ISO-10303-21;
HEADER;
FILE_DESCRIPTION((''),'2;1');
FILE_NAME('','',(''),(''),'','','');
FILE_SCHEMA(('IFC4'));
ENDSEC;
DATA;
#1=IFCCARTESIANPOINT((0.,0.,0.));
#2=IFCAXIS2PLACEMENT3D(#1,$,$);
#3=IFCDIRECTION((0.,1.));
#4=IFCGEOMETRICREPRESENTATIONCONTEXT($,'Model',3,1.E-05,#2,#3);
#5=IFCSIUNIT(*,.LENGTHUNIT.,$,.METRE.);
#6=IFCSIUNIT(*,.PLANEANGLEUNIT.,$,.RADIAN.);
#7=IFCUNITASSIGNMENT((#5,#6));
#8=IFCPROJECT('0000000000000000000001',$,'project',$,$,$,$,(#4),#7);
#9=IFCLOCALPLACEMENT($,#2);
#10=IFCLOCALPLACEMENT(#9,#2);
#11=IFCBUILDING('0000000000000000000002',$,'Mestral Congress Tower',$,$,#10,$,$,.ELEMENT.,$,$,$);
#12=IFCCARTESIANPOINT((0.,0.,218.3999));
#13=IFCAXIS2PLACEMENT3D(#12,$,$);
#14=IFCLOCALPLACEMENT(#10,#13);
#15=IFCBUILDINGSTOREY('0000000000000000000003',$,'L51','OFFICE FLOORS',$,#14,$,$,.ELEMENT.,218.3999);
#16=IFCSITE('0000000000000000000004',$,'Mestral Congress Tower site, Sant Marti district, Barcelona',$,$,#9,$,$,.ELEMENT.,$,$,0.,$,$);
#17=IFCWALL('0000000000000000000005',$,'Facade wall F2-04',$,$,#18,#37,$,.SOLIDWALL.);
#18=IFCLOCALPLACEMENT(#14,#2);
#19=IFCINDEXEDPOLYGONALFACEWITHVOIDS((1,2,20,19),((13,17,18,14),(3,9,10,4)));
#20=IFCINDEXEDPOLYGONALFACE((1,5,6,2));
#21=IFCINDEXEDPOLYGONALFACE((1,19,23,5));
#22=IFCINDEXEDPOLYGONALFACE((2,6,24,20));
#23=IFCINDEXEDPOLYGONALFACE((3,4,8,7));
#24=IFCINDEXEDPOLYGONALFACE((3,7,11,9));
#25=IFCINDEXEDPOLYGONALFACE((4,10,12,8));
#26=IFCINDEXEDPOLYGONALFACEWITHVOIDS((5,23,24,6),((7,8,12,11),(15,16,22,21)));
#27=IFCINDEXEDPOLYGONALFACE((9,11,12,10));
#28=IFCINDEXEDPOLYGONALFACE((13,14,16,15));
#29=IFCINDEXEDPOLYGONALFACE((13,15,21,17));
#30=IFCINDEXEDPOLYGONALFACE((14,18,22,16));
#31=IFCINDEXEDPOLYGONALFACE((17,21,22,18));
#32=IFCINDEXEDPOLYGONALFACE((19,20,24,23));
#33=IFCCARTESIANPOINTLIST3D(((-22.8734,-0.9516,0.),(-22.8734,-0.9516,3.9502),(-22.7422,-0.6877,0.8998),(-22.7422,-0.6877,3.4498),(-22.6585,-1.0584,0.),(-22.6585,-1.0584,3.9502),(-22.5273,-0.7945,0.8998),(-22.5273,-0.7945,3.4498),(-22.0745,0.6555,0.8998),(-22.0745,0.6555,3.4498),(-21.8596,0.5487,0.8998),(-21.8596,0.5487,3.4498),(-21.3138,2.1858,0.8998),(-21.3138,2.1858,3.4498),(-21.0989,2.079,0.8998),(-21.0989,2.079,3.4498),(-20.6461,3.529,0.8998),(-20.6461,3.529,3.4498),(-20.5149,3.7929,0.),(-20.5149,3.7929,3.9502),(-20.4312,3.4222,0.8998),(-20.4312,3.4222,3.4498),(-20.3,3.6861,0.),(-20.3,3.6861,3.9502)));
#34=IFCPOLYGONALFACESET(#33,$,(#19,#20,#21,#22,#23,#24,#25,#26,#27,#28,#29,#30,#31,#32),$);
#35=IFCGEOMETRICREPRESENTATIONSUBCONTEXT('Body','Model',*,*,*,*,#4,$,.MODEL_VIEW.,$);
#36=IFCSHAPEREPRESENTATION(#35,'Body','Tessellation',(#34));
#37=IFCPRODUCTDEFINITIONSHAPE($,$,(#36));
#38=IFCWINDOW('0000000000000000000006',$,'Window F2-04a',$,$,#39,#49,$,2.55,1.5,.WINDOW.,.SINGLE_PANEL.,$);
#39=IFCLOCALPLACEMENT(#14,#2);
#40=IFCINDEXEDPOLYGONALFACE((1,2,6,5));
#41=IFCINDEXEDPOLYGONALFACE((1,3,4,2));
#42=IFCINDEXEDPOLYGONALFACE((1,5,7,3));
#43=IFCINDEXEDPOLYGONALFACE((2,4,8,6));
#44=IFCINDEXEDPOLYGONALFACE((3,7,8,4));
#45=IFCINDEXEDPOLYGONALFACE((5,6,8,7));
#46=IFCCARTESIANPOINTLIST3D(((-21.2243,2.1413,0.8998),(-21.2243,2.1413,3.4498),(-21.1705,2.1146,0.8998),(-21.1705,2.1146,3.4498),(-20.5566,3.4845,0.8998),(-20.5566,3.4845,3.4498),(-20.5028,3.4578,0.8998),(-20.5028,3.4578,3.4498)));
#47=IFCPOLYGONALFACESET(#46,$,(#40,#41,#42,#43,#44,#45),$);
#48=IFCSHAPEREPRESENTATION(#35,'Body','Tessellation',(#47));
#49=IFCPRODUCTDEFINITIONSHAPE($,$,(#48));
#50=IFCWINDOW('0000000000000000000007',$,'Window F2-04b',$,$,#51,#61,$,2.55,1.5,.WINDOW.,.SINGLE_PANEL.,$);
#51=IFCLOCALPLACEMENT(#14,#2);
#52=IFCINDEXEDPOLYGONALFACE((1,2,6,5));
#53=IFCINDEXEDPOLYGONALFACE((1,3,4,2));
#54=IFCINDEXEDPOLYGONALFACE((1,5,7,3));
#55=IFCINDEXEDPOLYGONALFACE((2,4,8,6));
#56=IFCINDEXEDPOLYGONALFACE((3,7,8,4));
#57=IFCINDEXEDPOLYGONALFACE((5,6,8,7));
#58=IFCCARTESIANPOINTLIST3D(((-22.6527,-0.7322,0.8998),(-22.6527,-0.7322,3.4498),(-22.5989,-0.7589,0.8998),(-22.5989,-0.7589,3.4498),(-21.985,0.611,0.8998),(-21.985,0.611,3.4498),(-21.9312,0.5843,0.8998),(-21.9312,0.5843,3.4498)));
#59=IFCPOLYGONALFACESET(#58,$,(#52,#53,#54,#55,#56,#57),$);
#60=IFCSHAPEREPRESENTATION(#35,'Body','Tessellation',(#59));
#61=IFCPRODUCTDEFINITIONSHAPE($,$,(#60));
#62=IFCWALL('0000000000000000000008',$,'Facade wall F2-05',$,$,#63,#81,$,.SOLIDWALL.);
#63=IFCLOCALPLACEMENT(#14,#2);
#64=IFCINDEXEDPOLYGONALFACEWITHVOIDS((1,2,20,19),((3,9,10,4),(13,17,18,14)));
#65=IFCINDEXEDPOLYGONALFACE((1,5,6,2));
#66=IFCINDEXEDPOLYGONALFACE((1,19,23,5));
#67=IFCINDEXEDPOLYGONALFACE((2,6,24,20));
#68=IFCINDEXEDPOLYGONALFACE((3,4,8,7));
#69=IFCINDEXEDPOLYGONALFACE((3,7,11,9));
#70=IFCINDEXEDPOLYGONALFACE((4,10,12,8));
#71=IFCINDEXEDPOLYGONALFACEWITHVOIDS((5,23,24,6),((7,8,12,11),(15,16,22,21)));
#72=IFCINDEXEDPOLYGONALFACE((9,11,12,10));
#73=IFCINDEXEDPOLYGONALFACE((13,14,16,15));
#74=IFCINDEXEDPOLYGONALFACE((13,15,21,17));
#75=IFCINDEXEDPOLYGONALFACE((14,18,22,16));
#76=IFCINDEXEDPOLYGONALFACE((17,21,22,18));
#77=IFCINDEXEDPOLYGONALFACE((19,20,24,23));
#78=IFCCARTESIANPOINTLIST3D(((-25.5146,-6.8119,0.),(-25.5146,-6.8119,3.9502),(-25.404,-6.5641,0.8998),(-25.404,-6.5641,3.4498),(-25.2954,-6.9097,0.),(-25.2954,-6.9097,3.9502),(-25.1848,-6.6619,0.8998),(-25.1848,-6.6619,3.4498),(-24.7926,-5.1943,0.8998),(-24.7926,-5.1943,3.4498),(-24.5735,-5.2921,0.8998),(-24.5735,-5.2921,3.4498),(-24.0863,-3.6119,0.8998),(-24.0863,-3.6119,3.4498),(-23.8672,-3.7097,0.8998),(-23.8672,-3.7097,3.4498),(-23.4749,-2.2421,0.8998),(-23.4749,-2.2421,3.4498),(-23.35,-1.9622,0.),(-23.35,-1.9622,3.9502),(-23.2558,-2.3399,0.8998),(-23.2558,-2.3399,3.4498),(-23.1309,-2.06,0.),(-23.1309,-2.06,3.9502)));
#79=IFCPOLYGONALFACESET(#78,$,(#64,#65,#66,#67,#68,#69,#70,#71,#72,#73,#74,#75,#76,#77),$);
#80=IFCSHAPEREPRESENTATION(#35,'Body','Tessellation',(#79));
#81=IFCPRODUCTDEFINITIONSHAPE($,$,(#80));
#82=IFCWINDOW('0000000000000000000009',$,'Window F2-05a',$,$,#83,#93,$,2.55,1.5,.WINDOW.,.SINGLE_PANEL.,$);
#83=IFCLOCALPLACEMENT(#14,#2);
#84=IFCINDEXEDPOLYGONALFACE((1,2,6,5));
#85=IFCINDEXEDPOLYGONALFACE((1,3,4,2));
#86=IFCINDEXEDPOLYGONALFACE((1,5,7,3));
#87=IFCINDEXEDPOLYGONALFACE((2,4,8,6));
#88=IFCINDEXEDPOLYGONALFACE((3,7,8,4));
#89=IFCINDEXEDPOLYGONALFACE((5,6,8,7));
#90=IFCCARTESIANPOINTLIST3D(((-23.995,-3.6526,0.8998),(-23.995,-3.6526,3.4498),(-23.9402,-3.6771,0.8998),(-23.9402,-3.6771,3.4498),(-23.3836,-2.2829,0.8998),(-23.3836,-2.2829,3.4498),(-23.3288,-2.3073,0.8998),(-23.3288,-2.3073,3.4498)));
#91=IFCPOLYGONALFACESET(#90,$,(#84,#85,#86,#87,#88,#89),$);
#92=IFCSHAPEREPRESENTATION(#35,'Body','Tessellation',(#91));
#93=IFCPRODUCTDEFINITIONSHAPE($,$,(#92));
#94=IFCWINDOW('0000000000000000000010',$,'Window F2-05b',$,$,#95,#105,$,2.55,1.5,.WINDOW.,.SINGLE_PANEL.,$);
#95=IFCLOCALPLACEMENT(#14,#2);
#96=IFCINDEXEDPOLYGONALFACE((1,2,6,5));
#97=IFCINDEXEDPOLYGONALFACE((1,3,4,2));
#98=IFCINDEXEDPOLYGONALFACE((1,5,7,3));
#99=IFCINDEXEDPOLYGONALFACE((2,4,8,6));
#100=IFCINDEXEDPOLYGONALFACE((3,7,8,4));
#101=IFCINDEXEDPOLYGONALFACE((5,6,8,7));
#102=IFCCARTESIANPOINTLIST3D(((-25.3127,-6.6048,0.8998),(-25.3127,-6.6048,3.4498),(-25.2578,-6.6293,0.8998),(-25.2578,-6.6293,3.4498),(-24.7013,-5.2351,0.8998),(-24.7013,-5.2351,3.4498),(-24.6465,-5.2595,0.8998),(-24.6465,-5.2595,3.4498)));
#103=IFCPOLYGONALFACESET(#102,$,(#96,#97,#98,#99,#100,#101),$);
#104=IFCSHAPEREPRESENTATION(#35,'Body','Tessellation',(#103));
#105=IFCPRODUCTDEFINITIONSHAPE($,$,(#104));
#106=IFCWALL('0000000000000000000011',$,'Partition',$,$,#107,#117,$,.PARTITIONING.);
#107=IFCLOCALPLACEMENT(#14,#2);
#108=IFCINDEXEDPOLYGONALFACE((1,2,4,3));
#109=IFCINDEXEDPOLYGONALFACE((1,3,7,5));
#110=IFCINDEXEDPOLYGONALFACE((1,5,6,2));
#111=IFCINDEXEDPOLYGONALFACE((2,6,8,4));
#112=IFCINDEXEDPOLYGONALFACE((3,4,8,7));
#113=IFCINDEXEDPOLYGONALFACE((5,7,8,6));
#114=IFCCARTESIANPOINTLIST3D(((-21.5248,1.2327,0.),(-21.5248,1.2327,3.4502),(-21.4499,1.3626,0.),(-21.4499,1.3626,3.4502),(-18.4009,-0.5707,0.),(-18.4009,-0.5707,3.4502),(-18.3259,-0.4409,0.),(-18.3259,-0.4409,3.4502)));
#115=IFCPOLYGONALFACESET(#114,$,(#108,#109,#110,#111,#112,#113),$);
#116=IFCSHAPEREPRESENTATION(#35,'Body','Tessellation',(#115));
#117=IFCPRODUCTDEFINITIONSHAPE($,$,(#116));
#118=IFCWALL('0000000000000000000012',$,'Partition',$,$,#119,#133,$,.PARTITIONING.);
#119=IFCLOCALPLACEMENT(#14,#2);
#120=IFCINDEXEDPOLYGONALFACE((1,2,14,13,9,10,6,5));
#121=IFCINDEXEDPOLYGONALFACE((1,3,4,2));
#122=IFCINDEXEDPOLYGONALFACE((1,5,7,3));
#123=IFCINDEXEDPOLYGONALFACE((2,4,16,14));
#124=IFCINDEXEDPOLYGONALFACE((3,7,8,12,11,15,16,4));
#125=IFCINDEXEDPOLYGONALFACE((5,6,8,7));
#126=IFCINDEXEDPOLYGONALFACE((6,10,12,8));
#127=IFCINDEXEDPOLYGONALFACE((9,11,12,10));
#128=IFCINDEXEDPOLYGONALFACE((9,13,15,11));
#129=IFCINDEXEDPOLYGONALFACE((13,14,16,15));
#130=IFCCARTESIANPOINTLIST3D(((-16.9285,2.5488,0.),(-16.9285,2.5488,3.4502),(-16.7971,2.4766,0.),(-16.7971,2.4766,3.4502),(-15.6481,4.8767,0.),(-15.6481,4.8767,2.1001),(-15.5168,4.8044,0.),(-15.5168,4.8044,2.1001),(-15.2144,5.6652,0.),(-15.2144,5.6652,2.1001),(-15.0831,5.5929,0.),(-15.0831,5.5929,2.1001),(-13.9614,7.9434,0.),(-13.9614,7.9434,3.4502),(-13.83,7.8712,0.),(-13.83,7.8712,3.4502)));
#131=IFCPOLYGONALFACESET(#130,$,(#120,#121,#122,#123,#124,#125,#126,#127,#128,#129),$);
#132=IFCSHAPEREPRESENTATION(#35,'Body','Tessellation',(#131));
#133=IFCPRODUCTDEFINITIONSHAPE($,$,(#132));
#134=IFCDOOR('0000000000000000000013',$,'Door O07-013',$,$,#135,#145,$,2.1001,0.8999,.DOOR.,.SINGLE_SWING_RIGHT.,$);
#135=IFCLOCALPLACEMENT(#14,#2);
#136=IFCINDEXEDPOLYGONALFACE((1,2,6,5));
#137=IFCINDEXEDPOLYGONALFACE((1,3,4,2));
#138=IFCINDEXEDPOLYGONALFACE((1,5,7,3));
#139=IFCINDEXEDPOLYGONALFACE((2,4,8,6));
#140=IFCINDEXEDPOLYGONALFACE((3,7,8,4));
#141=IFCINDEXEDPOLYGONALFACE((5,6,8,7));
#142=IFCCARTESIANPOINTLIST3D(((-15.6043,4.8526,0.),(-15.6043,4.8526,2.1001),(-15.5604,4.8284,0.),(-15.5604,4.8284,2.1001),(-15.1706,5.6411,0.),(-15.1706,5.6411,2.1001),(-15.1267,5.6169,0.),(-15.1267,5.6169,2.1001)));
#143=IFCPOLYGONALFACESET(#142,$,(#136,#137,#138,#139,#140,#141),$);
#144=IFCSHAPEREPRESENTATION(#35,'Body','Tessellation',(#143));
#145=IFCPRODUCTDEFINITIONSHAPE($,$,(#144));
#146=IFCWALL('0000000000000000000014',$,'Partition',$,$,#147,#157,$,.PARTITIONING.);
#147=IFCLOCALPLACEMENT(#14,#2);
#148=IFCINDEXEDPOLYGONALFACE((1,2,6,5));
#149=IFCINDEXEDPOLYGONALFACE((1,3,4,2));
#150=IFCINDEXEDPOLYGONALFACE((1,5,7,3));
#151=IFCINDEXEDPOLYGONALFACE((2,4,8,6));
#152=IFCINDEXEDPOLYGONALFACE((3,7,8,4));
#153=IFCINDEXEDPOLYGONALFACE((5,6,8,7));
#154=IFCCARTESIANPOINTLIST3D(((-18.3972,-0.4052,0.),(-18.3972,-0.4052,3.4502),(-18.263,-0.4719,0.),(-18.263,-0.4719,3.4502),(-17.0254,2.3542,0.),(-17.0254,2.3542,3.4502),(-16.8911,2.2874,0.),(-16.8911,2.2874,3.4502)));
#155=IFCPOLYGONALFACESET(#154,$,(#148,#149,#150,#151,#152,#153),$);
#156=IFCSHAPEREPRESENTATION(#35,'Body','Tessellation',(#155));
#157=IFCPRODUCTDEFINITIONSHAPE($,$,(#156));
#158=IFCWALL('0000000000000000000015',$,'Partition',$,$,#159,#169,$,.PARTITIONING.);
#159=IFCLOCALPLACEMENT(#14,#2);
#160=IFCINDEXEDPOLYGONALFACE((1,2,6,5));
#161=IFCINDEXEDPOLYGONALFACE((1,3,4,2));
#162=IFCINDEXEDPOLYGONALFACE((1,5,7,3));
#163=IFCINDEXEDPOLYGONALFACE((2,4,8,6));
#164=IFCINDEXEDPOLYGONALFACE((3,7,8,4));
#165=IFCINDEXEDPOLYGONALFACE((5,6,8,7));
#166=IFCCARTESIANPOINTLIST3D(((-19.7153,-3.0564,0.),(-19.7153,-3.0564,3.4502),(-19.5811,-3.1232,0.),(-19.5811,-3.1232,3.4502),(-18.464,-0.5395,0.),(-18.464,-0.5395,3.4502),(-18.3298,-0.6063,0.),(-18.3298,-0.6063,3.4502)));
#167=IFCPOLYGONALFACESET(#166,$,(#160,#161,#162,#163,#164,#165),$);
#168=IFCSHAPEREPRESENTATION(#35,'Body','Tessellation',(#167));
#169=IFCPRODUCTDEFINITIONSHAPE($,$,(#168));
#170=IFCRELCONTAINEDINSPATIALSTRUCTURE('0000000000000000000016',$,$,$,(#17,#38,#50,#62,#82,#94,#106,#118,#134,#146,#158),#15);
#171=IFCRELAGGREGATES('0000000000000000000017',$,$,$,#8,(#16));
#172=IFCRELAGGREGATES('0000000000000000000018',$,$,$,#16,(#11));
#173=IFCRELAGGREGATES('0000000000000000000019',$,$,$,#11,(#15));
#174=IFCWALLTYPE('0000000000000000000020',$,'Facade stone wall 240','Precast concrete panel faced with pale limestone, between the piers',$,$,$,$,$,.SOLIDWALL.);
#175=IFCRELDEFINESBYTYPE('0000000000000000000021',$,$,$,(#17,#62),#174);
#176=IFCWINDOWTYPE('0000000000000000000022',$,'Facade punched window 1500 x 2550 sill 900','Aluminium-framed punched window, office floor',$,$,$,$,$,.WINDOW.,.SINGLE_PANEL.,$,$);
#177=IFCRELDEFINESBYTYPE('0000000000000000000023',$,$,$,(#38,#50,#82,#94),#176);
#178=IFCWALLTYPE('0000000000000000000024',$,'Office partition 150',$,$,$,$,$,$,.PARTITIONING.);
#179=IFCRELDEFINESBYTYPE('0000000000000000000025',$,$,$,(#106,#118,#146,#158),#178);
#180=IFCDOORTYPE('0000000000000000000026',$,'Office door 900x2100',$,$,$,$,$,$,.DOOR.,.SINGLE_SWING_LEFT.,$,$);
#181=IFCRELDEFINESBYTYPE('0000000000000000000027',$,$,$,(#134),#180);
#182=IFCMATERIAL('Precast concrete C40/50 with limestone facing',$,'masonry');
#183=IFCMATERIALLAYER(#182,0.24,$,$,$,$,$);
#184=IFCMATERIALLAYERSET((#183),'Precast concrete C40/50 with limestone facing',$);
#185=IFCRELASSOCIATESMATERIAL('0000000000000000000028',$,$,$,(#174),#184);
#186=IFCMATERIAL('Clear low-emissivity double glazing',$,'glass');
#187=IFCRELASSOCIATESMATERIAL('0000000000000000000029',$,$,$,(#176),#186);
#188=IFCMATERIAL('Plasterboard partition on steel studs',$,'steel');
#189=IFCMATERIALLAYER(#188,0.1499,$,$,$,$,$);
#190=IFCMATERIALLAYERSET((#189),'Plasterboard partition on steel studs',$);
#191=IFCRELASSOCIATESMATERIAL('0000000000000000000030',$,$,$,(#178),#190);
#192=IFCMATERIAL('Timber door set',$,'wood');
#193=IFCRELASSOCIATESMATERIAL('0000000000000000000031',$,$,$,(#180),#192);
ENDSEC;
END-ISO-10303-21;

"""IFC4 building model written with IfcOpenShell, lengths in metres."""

from ifc_helpers import new_model, si_unit, direction, frame, frame_2d, origin, place, context, subcontext, project, spatial, rectangle, extrude, material, layer, layer_set, type_object, element, fill, save


model = new_model("IFC4")

# Units and contexts
model_context = context("Model", 3, precision=1e-05, world=origin(), true_north=direction((0.0, 1.0)))
body_context = subcontext(model_context, "Body", "Model", "MODEL_VIEW")
ifc_project = project(units=[si_unit("LENGTHUNIT", "METRE"), si_unit("PLANEANGLEUNIT", "RADIAN")], contexts=[model_context])

# Site, building, storey
site_placement = place(None, origin())
site = spatial("IfcSite", under=ifc_project, at=site_placement, Name="Mestral Congress Tower site, Sant Marti district, Barcelona", CompositionType="ELEMENT", RefElevation=0.0)
building_placement = place(site_placement, origin())
building = spatial("IfcBuilding", under=site, at=building_placement, Name="Mestral Congress Tower", CompositionType="ELEMENT")
storey_placement = place(building_placement, frame((0.0, 0.0, 218.3999)))
storey = spatial("IfcBuildingStorey", under=building, at=storey_placement, Name="L51", Description="OFFICE FLOORS", CompositionType="ELEMENT", Elevation=218.3999)

# Walls, openings, windows
ifc_material_1 = material(Name="Precast concrete C40/50 with limestone facing", Category="masonry")
ifc_layer_1 = layer(ifc_material_1, 0.24)
ifc_layer_set_1 = layer_set([ifc_layer_1], Name="Precast concrete C40/50 with limestone facing")
wall_type_1 = type_object("IfcWallType", Name="Facade stone wall 240", Description="Precast concrete panel faced with pale limestone, between the piers", PredefinedType="SOLIDWALL", material=ifc_layer_set_1)
wall_1_placement = place(storey_placement, frame((-20.4075, 3.7395, 0.0), z_axis=(0.0, 0.0, 1.0), x_axis=(-0.44513, -0.895466, 0.0)))
wall_1 = element("IfcWall", 1, at=wall_1_placement, inside=storey, type_object=wall_type_1, Name="Facade wall F2-04", PredefinedType="SOLIDWALL", context=body_context, shape_type="SweptSolid", body=[
    extrude(rectangle(XDim=5.2983, YDim=0.24, at=frame_2d((2.6492, 0.0))), origin(), (0.0, 0.0, 1.0), 3.9502),
])
opening_1_placement = place(wall_1_placement, frame((0.2947, 0.0, 0.8999)))
opening_1 = element("IfcOpeningElement", 2, at=opening_1_placement, cuts=wall_1, PredefinedType="OPENING", context=body_context, shape_type="SweptSolid", body=[
    extrude(rectangle(XDim=1.5, YDim=2.55, at=frame_2d((0.75, 1.2749))), frame((0.0, 0.1299, 0.0), z_axis=(0.0, -1.0, 0.0), x_axis=(1.0, 0.0, 0.0)), (0.0, 0.0, 1.0), 0.26),
])
opening_2_placement = place(wall_1_placement, frame((3.5037, 0.0, 0.8999)))
opening_2 = element("IfcOpeningElement", 3, at=opening_2_placement, cuts=wall_1, PredefinedType="OPENING", context=body_context, shape_type="SweptSolid", body=[
    extrude(rectangle(XDim=1.5, YDim=2.55, at=frame_2d((0.75, 1.2749))), frame((0.0, 0.1299, 0.0), z_axis=(0.0, -1.0, 0.0), x_axis=(1.0, 0.0, 0.0)), (0.0, 0.0, 1.0), 0.26),
])
ifc_material_2 = material(Name="Clear low-emissivity double glazing", Category="glass")
window_type = type_object("IfcWindowType", Name="Facade punched window 1500 x 2550 sill 900", Description="Aluminium-framed punched window, office floor", PartitioningType="SINGLE_PANEL", PredefinedType="WINDOW", material=ifc_material_2)
window_1_placement = place(opening_1_placement, origin())
window_1 = element("IfcWindow", 4, at=window_1_placement, inside=storey, type_object=window_type, Name="Window F2-04a", OverallHeight=2.55, OverallWidth=1.5, PartitioningType="SINGLE_PANEL", PredefinedType="WINDOW", context=body_context, shape_type="SweptSolid", body=[
    extrude(rectangle(XDim=1.5, YDim=2.55, at=frame_2d((0.75, 1.2749))), frame((0.0, 0.04, 0.0), z_axis=(0.0, -1.0, 0.0), x_axis=(1.0, 0.0, 0.0)), (0.0, 0.0, 1.0), 0.0601),
])
fill(opening_1, window_1)
window_2_placement = place(opening_2_placement, origin())
window_2 = element("IfcWindow", 5, at=window_2_placement, inside=storey, type_object=window_type, Name="Window F2-04b", OverallHeight=2.55, OverallWidth=1.5, PartitioningType="SINGLE_PANEL", PredefinedType="WINDOW", context=body_context, shape_type="SweptSolid", body=[
    extrude(rectangle(XDim=1.5, YDim=2.55, at=frame_2d((0.75, 1.2749))), frame((0.0, 0.04, 0.0), z_axis=(0.0, -1.0, 0.0), x_axis=(1.0, 0.0, 0.0)), (0.0, 0.0, 1.0), 0.0601),
])
fill(opening_2, window_2)
wall_2_placement = place(storey_placement, frame((-23.2405, -2.0112, 0.0), z_axis=(0.0, 0.0, 1.0), x_axis=(-0.40758, -0.91317, 0.0)))
wall_2 = element("IfcWall", 6, at=wall_2_placement, inside=storey, type_object=wall_type_1, Name="Facade wall F2-05", PredefinedType="SOLIDWALL", context=body_context, shape_type="SweptSolid", body=[
    extrude(rectangle(XDim=5.3108, YDim=0.24, at=frame_2d((2.6553, 0.0))), origin(), (0.0, 0.0, 1.0), 3.9502),
])
opening_3_placement = place(wall_2_placement, frame((0.3064, 0.0, 0.8999)))
opening_3 = element("IfcOpeningElement", 7, at=opening_3_placement, cuts=wall_2, PredefinedType="OPENING", context=body_context, shape_type="SweptSolid", body=[
    extrude(rectangle(XDim=1.5, YDim=2.55, at=frame_2d((0.75, 1.2749))), frame((0.0, 0.1299, 0.0), z_axis=(0.0, -1.0, 0.0), x_axis=(1.0, 0.0, 0.0)), (0.0, 0.0, 1.0), 0.26),
])
opening_4_placement = place(wall_2_placement, frame((3.5393, 0.0, 0.8999)))
opening_4 = element("IfcOpeningElement", 8, at=opening_4_placement, cuts=wall_2, PredefinedType="OPENING", context=body_context, shape_type="SweptSolid", body=[
    extrude(rectangle(XDim=1.5, YDim=2.55, at=frame_2d((0.75, 1.2749))), frame((0.0, 0.1299, 0.0), z_axis=(0.0, -1.0, 0.0), x_axis=(1.0, 0.0, 0.0)), (0.0, 0.0, 1.0), 0.26),
])
window_3_placement = place(opening_3_placement, origin())
window_3 = element("IfcWindow", 9, at=window_3_placement, inside=storey, type_object=window_type, Name="Window F2-05a", OverallHeight=2.55, OverallWidth=1.5, PartitioningType="SINGLE_PANEL", PredefinedType="WINDOW", context=body_context, shape_type="SweptSolid", body=[
    extrude(rectangle(XDim=1.5, YDim=2.55, at=frame_2d((0.75, 1.2749))), frame((0.0, 0.04, 0.0), z_axis=(0.0, -1.0, 0.0), x_axis=(1.0, 0.0, 0.0)), (0.0, 0.0, 1.0), 0.0601),
])
fill(opening_3, window_3)
window_4_placement = place(opening_4_placement, origin())
window_4 = element("IfcWindow", 10, at=window_4_placement, inside=storey, type_object=window_type, Name="Window F2-05b", OverallHeight=2.55, OverallWidth=1.5, PartitioningType="SINGLE_PANEL", PredefinedType="WINDOW", context=body_context, shape_type="SweptSolid", body=[
    extrude(rectangle(XDim=1.5, YDim=2.55, at=frame_2d((0.75, 1.2749))), frame((0.0, 0.04, 0.0), z_axis=(0.0, -1.0, 0.0), x_axis=(1.0, 0.0, 0.0)), (0.0, 0.0, 1.0), 0.0601),
])
fill(opening_4, window_4)

# Wall
ifc_material_3 = material(Name="Plasterboard partition on steel studs", Category="steel")
ifc_layer_2 = layer(ifc_material_3, 0.1499)
ifc_layer_set_2 = layer_set([ifc_layer_2], Name="Plasterboard partition on steel studs")
wall_type_2 = type_object("IfcWallType", Name="Office partition 150", PredefinedType="PARTITIONING", material=ifc_layer_set_2)
wall_3_placement = place(storey_placement, frame((-18.3633, -0.5059, 0.0), z_axis=(0.0, 0.0, 1.0), x_axis=(-0.866048, 0.499961, 0.0)))
element("IfcWall", 11, at=wall_3_placement, inside=storey, type_object=wall_type_2, Name="Partition", PredefinedType="PARTITIONING", context=body_context, shape_type="SweptSolid", body=[
    extrude(rectangle(XDim=3.6072, YDim=0.1499, at=frame_2d((1.8037, 0.0))), origin(), (0.0, 0.0, 1.0), 3.4502),
])

# Wall, opening, door
wall_4_placement = place(storey_placement, frame((-16.8628, 2.5127, 0.0), z_axis=(0.0, 0.0, 1.0), x_axis=(0.481925, 0.876213, 0.0)))
wall_4 = element("IfcWall", 12, at=wall_4_placement, inside=storey, type_object=wall_type_2, Name="Partition", PredefinedType="PARTITIONING", context=body_context, shape_type="SweptSolid", body=[
    extrude(rectangle(XDim=6.1567, YDim=0.1499, at=frame_2d((3.0784, 0.0))), origin(), (0.0, 0.0, 1.0), 3.4502),
])
opening_5_placement = place(wall_4_placement, frame((2.6567, 0.0, 0.0)))
opening_5 = element("IfcOpeningElement", 13, at=opening_5_placement, cuts=wall_4, PredefinedType="OPENING", context=body_context, shape_type="SweptSolid", body=[
    extrude(rectangle(XDim=0.8999, YDim=2.1001, at=frame_2d((0.45, 1.05))), frame((0.0, 0.085, 0.0), z_axis=(0.0, -1.0, 0.0), x_axis=(1.0, 0.0, 0.0)), (0.0, 0.0, 1.0), 0.1699),
])
ifc_material_4 = material(Name="Timber door set", Category="wood")
door_type_1 = type_object("IfcDoorType", Name="Office door 900x2100", OperationType="SINGLE_SWING_LEFT", PredefinedType="DOOR", material=ifc_material_4)
door_1_placement = place(opening_5_placement, origin())
door_1 = element("IfcDoor", 14, at=door_1_placement, inside=storey, type_object=door_type_1, Name="Door O07-013", OperationType="SINGLE_SWING_RIGHT", OverallHeight=2.1001, OverallWidth=0.8999, PredefinedType="DOOR", context=body_context, shape_type="SweptSolid", body=[
    extrude(rectangle(XDim=0.8999, YDim=2.1001, at=frame_2d((0.45, 1.05))), frame((0.0, 0.0249, 0.0), z_axis=(0.0, -1.0, 0.0), x_axis=(1.0, 0.0, 0.0)), (0.0, 0.0, 1.0), 0.05),
])
fill(opening_5, door_1)

# Walls
wall_5_placement = place(storey_placement, frame((-16.9583, 2.3208, 0.0), z_axis=(0.0, 0.0, 1.0), x_axis=(-0.445184, -0.895439, 0.0)))
element("IfcWall", 15, at=wall_5_placement, inside=storey, type_object=wall_type_2, Name="Partition", PredefinedType="PARTITIONING", context=body_context, shape_type="SweptSolid", body=[
    extrude(rectangle(XDim=3.0815, YDim=0.1499, at=frame_2d((1.5408, 0.0))), origin(), (0.0, 0.0, 1.0), 3.4502),
])
wall_6_placement = place(storey_placement, frame((-18.397, -0.573, 0.0), z_axis=(0.0, 0.0, 1.0), x_axis=(-0.445163, -0.89545, 0.0)))
element("IfcWall", 16, at=wall_6_placement, inside=storey, type_object=wall_type_2, Name="Partition", PredefinedType="PARTITIONING", context=body_context, shape_type="SweptSolid", body=[
    extrude(rectangle(XDim=2.8108, YDim=0.1499, at=frame_2d((1.4053, 0.0))), origin(), (0.0, 0.0, 1.0), 3.4502),
])

save(model, "model.ifc")
